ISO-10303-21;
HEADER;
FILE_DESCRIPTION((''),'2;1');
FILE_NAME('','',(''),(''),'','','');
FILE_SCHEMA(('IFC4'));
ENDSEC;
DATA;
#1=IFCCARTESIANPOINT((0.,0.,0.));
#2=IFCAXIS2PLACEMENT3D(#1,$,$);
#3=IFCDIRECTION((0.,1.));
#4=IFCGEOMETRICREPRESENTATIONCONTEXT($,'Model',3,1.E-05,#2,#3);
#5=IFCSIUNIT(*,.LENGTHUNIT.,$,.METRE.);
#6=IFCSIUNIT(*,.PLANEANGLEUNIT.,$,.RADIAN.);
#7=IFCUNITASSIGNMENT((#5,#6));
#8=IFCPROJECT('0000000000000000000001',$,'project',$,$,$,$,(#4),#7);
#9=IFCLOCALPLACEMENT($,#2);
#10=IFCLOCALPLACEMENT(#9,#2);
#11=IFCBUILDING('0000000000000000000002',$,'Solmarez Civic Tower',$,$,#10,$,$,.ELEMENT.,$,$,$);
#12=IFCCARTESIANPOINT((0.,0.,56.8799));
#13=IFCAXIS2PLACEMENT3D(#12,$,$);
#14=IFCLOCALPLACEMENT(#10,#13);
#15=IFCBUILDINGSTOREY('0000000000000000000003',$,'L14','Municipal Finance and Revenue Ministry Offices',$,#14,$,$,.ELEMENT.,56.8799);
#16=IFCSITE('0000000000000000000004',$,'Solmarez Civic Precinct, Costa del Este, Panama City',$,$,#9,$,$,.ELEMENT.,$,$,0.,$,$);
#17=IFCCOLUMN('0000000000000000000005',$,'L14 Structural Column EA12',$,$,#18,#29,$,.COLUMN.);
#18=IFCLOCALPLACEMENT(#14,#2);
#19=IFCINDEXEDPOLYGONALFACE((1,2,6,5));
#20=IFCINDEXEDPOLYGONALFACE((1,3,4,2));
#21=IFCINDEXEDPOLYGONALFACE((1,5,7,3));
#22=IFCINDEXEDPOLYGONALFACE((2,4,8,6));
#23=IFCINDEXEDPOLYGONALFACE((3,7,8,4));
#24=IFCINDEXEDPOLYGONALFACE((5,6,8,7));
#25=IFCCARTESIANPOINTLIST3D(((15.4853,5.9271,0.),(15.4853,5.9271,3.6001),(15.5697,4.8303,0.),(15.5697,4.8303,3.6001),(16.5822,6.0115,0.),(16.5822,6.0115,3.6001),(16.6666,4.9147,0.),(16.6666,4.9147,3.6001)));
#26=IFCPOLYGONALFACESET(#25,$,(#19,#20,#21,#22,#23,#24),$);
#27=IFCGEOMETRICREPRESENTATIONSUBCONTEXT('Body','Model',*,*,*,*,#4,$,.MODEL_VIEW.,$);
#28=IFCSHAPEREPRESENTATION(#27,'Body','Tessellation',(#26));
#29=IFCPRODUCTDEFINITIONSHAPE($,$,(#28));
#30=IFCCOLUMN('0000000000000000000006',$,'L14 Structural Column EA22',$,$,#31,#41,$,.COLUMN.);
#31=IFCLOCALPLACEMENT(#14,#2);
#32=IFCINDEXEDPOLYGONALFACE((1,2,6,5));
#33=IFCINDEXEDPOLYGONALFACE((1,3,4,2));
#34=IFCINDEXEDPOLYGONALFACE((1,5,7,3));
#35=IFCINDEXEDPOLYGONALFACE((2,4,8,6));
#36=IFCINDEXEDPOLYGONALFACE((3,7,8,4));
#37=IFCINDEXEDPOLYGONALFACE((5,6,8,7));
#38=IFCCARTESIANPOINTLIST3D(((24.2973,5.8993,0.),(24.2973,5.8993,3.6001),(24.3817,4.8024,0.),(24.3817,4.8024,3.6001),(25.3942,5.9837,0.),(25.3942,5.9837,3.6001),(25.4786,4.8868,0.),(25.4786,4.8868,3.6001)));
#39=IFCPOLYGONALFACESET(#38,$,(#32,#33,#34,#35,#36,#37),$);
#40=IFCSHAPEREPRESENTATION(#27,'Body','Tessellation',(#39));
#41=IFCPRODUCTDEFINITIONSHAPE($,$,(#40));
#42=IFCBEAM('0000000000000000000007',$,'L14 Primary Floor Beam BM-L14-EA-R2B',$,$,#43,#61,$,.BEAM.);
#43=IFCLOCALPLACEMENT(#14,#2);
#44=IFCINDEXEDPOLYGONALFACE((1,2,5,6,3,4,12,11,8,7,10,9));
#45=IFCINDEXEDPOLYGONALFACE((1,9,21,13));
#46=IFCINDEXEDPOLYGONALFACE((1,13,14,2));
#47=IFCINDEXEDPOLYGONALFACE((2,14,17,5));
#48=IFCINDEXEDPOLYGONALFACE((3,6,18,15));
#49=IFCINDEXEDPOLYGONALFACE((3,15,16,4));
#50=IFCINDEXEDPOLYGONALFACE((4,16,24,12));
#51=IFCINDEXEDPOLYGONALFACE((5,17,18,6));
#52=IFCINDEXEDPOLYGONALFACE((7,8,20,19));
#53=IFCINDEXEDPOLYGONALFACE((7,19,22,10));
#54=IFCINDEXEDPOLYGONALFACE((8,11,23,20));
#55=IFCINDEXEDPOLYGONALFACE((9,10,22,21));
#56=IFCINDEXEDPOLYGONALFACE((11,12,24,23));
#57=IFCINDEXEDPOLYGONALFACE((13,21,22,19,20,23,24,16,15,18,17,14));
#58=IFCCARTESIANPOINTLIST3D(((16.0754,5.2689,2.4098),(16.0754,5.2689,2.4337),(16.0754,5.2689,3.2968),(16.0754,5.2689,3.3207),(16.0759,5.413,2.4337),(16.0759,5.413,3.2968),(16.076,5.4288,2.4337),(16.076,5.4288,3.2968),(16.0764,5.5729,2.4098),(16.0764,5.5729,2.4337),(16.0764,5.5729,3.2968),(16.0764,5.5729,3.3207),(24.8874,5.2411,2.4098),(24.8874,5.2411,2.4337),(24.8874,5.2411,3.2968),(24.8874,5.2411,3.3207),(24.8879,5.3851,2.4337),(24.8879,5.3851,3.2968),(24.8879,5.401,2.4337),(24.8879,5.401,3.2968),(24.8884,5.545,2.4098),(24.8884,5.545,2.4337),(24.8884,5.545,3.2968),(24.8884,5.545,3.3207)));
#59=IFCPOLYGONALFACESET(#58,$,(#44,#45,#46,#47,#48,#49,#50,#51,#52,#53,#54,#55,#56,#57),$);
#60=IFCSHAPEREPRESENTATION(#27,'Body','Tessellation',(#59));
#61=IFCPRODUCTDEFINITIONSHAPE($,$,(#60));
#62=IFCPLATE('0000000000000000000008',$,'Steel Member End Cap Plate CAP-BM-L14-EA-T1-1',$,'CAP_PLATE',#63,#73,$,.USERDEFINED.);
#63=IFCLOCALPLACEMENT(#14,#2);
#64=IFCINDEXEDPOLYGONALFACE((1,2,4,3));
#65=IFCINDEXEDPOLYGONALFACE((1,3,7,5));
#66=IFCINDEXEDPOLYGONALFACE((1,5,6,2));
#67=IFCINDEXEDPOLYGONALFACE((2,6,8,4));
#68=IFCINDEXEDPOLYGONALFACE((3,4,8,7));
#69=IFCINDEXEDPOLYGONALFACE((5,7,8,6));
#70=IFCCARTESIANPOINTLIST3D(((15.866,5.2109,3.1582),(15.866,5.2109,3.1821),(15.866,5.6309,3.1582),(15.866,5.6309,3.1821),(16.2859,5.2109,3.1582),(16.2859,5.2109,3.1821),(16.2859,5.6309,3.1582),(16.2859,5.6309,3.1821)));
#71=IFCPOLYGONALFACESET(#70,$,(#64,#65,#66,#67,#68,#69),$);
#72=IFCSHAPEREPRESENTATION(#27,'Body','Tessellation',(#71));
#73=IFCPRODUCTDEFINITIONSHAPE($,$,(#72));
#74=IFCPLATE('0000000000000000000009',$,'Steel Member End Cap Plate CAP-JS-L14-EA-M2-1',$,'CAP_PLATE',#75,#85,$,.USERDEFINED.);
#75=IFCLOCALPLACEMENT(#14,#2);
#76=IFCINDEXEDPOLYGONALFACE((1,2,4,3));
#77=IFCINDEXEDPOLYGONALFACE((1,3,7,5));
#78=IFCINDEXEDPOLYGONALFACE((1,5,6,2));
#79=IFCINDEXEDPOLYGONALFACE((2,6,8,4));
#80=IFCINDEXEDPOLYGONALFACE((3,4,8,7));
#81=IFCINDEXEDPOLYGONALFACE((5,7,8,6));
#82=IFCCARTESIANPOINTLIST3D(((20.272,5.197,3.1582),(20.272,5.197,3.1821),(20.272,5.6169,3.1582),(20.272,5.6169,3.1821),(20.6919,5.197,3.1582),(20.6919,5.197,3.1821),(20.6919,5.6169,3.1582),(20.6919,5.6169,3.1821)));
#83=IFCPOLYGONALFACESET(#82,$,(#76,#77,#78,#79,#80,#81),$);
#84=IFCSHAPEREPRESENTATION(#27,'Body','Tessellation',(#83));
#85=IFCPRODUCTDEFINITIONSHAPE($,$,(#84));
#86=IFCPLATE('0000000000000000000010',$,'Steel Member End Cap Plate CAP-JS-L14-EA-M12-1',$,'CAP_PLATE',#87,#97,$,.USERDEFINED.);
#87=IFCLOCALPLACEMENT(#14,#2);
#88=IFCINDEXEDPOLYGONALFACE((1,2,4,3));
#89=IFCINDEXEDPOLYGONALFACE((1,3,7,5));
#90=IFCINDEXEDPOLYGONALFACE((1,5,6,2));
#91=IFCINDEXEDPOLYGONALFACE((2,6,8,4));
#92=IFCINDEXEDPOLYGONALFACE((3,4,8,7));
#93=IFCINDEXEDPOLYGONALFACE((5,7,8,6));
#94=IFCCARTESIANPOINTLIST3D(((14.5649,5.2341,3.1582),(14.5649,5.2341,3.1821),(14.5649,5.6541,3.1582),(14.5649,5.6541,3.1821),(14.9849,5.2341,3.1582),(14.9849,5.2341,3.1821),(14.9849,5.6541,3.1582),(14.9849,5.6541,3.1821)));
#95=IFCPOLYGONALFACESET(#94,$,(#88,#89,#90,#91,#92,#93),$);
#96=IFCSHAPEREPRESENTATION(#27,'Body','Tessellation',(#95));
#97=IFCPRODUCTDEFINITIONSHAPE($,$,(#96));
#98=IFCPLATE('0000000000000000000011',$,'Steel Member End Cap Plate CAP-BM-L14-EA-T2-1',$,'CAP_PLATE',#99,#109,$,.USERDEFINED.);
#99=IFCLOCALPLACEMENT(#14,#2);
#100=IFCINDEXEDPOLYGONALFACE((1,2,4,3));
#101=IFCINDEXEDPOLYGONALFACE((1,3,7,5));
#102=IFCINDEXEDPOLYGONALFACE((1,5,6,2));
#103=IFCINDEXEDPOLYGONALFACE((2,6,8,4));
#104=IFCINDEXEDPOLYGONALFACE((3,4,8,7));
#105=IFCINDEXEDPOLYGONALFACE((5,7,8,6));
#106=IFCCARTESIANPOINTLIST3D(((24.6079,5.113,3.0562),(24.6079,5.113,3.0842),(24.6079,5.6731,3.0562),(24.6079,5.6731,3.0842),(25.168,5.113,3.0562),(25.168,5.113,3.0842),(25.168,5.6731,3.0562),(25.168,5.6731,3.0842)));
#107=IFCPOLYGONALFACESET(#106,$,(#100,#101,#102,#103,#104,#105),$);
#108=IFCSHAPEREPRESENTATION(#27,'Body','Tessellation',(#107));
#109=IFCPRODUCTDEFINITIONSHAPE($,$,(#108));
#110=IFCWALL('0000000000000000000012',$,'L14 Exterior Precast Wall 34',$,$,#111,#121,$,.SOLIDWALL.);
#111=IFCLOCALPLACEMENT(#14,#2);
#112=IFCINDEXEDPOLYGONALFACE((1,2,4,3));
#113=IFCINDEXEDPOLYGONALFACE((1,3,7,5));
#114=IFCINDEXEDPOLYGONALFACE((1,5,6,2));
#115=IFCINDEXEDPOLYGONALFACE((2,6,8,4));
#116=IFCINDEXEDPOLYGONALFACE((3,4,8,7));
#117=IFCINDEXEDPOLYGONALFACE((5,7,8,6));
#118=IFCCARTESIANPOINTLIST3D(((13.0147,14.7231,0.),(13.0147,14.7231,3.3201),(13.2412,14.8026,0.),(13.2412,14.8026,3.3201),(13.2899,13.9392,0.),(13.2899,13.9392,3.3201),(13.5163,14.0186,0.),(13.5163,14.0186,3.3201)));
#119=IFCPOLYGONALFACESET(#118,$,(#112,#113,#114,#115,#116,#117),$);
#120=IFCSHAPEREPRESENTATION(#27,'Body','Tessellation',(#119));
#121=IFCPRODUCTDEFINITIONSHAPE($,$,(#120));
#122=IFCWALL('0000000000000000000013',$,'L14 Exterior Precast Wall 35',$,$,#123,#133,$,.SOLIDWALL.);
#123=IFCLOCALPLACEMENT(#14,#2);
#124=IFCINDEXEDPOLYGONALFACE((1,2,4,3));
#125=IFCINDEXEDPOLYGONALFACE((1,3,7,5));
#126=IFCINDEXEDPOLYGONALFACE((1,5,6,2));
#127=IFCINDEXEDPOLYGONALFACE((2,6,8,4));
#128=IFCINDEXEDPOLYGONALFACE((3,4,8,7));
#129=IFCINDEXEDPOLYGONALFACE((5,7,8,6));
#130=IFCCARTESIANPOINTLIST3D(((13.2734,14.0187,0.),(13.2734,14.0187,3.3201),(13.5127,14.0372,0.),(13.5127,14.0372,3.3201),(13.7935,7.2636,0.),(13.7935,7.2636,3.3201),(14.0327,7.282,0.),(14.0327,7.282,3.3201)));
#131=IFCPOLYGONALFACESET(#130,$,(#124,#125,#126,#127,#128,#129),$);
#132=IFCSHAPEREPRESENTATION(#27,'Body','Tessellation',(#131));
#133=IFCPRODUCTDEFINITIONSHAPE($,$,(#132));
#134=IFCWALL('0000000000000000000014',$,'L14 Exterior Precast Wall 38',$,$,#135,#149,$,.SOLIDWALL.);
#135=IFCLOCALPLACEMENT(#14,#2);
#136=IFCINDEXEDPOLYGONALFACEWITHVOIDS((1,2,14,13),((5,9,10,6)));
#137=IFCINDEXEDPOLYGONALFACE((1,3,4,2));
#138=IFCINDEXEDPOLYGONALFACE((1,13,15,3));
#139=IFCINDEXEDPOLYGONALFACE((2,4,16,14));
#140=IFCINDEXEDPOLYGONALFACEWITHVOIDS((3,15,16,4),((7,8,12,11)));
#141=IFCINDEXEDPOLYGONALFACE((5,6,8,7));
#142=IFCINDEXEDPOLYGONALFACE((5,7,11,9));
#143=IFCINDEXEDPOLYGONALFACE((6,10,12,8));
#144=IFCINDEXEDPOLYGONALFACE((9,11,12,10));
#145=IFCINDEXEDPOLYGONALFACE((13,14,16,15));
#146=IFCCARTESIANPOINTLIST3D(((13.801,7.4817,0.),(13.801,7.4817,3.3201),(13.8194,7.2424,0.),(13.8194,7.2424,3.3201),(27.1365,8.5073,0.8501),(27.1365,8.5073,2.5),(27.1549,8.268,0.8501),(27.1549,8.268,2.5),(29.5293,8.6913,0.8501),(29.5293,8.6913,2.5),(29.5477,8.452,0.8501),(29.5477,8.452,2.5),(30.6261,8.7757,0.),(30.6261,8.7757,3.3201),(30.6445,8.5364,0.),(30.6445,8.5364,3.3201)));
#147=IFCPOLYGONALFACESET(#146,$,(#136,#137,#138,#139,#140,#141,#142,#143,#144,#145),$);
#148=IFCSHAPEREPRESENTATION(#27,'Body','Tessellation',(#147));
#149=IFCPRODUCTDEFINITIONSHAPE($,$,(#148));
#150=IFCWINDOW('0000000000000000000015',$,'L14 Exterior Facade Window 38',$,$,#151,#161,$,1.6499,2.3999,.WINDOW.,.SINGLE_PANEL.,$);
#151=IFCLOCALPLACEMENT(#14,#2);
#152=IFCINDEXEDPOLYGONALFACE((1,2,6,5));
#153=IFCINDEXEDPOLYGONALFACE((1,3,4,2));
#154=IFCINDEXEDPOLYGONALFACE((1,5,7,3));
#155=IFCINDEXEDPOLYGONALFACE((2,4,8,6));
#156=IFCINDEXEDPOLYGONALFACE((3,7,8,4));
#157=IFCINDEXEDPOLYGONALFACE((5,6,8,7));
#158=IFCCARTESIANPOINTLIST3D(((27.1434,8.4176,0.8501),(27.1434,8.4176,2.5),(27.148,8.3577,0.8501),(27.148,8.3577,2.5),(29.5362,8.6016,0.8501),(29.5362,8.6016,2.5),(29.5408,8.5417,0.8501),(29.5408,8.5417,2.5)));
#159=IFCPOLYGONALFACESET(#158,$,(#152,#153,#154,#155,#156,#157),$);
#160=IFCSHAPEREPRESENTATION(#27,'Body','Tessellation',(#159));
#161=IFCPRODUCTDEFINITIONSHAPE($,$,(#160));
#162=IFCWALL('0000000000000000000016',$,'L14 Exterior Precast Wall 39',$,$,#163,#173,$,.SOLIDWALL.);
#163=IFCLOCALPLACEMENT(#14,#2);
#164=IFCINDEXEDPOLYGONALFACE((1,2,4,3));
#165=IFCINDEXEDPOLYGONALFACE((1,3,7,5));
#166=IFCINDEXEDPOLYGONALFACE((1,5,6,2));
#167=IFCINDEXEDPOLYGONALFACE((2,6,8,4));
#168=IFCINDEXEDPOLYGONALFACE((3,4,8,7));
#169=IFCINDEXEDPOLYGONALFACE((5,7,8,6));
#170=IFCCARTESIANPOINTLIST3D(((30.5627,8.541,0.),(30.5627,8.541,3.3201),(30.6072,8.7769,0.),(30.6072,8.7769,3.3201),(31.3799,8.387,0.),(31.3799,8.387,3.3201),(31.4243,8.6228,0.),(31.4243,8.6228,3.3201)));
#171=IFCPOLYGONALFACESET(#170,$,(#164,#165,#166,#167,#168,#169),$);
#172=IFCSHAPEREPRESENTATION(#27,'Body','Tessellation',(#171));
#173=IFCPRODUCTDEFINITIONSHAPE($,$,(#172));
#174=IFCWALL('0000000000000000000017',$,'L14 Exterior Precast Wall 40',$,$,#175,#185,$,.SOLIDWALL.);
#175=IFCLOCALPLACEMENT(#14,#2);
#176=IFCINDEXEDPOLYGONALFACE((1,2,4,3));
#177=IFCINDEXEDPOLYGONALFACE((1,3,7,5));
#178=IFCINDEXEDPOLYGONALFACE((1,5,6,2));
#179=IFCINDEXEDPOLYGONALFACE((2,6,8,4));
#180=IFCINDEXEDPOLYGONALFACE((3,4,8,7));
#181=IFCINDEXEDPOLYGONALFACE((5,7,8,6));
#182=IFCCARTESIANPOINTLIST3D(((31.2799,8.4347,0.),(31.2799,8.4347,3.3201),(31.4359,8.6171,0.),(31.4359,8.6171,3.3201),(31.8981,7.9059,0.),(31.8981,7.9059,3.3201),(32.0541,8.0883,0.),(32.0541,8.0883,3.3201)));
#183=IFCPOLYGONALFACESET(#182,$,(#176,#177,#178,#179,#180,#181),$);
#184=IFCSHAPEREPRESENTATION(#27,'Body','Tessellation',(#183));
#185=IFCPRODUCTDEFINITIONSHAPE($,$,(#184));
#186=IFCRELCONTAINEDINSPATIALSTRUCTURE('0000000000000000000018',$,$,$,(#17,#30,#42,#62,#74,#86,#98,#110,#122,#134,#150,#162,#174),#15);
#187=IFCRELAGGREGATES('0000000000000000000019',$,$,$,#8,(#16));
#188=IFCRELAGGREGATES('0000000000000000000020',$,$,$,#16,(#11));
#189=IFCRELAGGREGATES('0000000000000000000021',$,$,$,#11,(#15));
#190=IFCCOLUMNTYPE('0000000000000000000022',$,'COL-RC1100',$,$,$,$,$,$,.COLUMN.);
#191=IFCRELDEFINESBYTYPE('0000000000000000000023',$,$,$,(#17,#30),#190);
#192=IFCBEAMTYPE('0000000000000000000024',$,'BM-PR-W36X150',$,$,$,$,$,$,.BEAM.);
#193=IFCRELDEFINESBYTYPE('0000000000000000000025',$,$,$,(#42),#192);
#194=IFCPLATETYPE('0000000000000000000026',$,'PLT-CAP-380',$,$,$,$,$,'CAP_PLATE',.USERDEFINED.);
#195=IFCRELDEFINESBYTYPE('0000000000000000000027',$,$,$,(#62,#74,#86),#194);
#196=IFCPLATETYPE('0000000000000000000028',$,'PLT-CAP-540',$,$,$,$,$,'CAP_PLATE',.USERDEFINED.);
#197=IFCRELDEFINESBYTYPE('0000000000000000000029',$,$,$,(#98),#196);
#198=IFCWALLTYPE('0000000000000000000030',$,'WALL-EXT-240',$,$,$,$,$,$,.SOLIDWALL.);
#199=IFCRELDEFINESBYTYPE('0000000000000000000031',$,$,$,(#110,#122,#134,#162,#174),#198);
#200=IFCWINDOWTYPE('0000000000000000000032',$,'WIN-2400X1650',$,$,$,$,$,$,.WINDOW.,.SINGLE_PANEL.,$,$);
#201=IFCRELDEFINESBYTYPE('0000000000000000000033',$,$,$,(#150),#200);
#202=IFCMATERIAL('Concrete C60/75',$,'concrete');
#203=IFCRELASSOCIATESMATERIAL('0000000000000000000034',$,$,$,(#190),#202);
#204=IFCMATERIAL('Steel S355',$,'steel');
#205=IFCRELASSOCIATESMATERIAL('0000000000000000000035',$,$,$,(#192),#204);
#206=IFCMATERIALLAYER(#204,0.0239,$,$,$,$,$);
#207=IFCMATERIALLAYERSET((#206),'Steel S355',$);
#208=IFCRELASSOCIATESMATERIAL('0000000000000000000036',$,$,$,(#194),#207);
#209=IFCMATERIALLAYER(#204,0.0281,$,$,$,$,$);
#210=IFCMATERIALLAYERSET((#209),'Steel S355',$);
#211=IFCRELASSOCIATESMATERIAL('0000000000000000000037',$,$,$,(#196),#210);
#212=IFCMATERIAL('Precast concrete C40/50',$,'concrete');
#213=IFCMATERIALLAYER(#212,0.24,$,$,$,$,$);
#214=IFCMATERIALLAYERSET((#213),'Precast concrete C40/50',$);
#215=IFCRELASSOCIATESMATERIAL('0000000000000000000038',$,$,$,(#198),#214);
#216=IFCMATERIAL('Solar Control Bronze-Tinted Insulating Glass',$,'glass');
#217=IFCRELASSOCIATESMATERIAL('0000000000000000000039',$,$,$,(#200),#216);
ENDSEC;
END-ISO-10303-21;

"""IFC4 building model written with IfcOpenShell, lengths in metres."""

from ifc_helpers import new_model, si_unit, direction, frame, frame_2d, origin, origin_2d, place, context, subcontext, project, spatial, rectangle, i_section, extrude, material, layer, layer_set, material_profile, profile_set, type_object, element, fill, save


model = new_model("IFC4")

# Units and contexts
model_context = context("Model", 3, precision=1e-05, world=origin(), true_north=direction((0.0, 1.0)))
body_context = subcontext(model_context, "Body", "Model", "MODEL_VIEW")
ifc_project = project(units=[si_unit("LENGTHUNIT", "METRE"), si_unit("PLANEANGLEUNIT", "RADIAN")], contexts=[model_context])

# Site, building, storey
site_placement = place(None, origin())
site = spatial("IfcSite", under=ifc_project, at=site_placement, Name="Solmarez Civic Precinct, Costa del Este, Panama City", CompositionType="ELEMENT", RefElevation=0.0)
building_placement = place(site_placement, origin())
building = spatial("IfcBuilding", under=site, at=building_placement, Name="Solmarez Civic Tower", CompositionType="ELEMENT")
storey_placement = place(building_placement, frame((0.0, 0.0, 56.8799)))
storey = spatial("IfcBuildingStorey", under=building, at=storey_placement, Name="L14", Description="Municipal Finance and Revenue Ministry Offices", CompositionType="ELEMENT", Elevation=56.8799)

# Columns
ifc_material_1 = material(Name="Concrete C60/75", Category="concrete")
ifc_material_profile_1 = material_profile(ifc_material_1, rectangle(XDim=1.1001, YDim=1.1001, at=origin_2d()), Name="RC1100X1100")
ifc_profile_set_1 = profile_set([ifc_material_profile_1], Name="Concrete C60/75")
column_type = type_object("IfcColumnType", Name="COL-RC1100", PredefinedType="COLUMN", material=ifc_profile_set_1)
for number, where, z_axis, x_axis, name in (
    (1, (16.0759, 5.4209, 0.0), (0.0, 0.0, 1.0), (0.997053, 0.076719, 0.0), "L14 Structural Column EA12"),
    (2, (24.8879, 5.3931, 0.0), (0.0, 0.0, 1.0), (0.997053, 0.076719, 0.0), "L14 Structural Column EA22"),
):
    element("IfcColumn", number, at=place(storey_placement, frame(where, z_axis=z_axis, x_axis=x_axis)), inside=storey, type_object=column_type, Name=name, PredefinedType="COLUMN", context=body_context, shape_type="SweptSolid", body=[
        extrude(rectangle(XDim=1.1001, YDim=1.1001, at=origin_2d()), origin(), (0.0, 0.0, 1.0), 3.6001),
    ])

# Beam
ifc_material_2 = material(Name="Steel S355", Category="steel")
ifc_material_profile_2 = material_profile(ifc_material_2, i_section(OverallWidth=0.304, OverallDepth=0.9109, WebThickness=0.0159, FlangeThickness=0.0239, at=origin_2d()), Name="W36X150")
ifc_profile_set_2 = profile_set([ifc_material_profile_2], Name="Steel S355")
beam_type = type_object("IfcBeamType", Name="BM-PR-W36X150", PredefinedType="BEAM", material=ifc_profile_set_2)
beam_placement = place(storey_placement, frame((16.0759, 5.4209, 2.8652), z_axis=(0.999995, -0.003158, 0.0), x_axis=(0.003158, 0.999995, 0.0)))
element("IfcBeam", 3, at=beam_placement, inside=storey, type_object=beam_type, Name="L14 Primary Floor Beam BM-L14-EA-R2B", PredefinedType="BEAM", context=body_context, shape_type="SweptSolid", body=[
    extrude(i_section(OverallWidth=0.304, OverallDepth=0.9109, WebThickness=0.0159, FlangeThickness=0.0239, at=origin_2d()), origin(), (0.0, 0.0, 1.0), 8.812),
])

# Plates
ifc_layer_1 = layer(ifc_material_2, 0.0239)
ifc_layer_set_1 = layer_set([ifc_layer_1], Name="Steel S355")
plate_type_1 = type_object("IfcPlateType", Name="PLT-CAP-380", ElementType="CAP_PLATE", PredefinedType="USERDEFINED", material=ifc_layer_set_1)
for number, where, z_axis, x_axis, name in (
    (4, (16.0759, 5.4209, 3.1582), (0.0, 0.0, 1.0), (1.0, 0.0, 0.0), "Steel Member End Cap Plate CAP-BM-L14-EA-T1-1"),
    (5, (20.4819, 5.407, 3.1582), (0.0, 0.0, 1.0), (1.0, 0.0, 0.0), "Steel Member End Cap Plate CAP-JS-L14-EA-M2-1"),
    (6, (14.7749, 5.4441, 3.1582), (0.0, 0.0, 1.0), (1.0, 0.0, 0.0), "Steel Member End Cap Plate CAP-JS-L14-EA-M12-1"),
):
    element("IfcPlate", number, at=place(storey_placement, frame(where, z_axis=z_axis, x_axis=x_axis)), inside=storey, type_object=plate_type_1, Name=name, ObjectType="CAP_PLATE", PredefinedType="USERDEFINED", context=body_context, shape_type="SweptSolid", body=[
        extrude(rectangle(XDim=0.4199, YDim=0.4199, at=origin_2d()), origin(), (0.0, 0.0, 1.0), 0.0239),
    ])
ifc_layer_2 = layer(ifc_material_2, 0.0281)
ifc_layer_set_2 = layer_set([ifc_layer_2], Name="Steel S355")
plate_type_2 = type_object("IfcPlateType", Name="PLT-CAP-540", ElementType="CAP_PLATE", PredefinedType="USERDEFINED", material=ifc_layer_set_2)
plate_placement = place(storey_placement, frame((24.8879, 5.3931, 3.0562), z_axis=(0.0, 0.0, 1.0), x_axis=(1.0, 0.0, 0.0)))
element("IfcPlate", 7, at=plate_placement, inside=storey, type_object=plate_type_2, Name="Steel Member End Cap Plate CAP-BM-L14-EA-T2-1", ObjectType="CAP_PLATE", PredefinedType="USERDEFINED", context=body_context, shape_type="SweptSolid", body=[
    extrude(rectangle(XDim=0.5601, YDim=0.5601, at=origin_2d()), origin(), (0.0, 0.0, 1.0), 0.0281),
])

# Walls
ifc_material_3 = material(Name="Precast concrete C40/50", Category="concrete")
ifc_layer_3 = layer(ifc_material_3, 0.24)
ifc_layer_set_3 = layer_set([ifc_layer_3], Name="Precast concrete C40/50")
wall_type_1 = type_object("IfcWallType", Name="WALL-EXT-240", PredefinedType="SOLIDWALL", material=ifc_layer_set_3)
wall_1_placement = place(storey_placement, frame((13.1279, 14.7629, 0.0), z_axis=(0.0, 0.0, 1.0), x_axis=(0.331175, -0.943569, 0.0)))
element("IfcWall", 8, at=wall_1_placement, inside=storey, type_object=wall_type_1, Name="L14 Exterior Precast Wall 34", PredefinedType="SOLIDWALL", context=body_context, shape_type="SweptSolid", body=[
    extrude(rectangle(XDim=0.8308, YDim=0.24, at=frame_2d((0.4155, 0.0))), origin(), (0.0, 0.0, 1.0), 3.3201),
])
wall_2_placement = place(storey_placement, frame((13.3931, 14.0281, 0.0), z_axis=(0.0, 0.0, 1.0), x_axis=(0.076754, -0.99705, 0.0)))
element("IfcWall", 9, at=wall_2_placement, inside=storey, type_object=wall_type_1, Name="L14 Exterior Precast Wall 35", PredefinedType="SOLIDWALL", context=body_context, shape_type="SweptSolid", body=[
    extrude(rectangle(XDim=6.7751, YDim=0.24, at=frame_2d((3.3877, 0.0))), origin(), (0.0, 0.0, 1.0), 3.3201),
])

# Wall, opening, window
wall_3_placement = place(storey_placement, frame((13.8101, 7.3621, 0.0), z_axis=(0.0, 0.0, 1.0), x_axis=(0.997056, 0.07668, 0.0)))
wall_3 = element("IfcWall", 10, at=wall_3_placement, inside=storey, type_object=wall_type_1, Name="L14 Exterior Precast Wall 38", PredefinedType="SOLIDWALL", context=body_context, shape_type="SweptSolid", body=[
    extrude(rectangle(XDim=16.8748, YDim=0.24, at=frame_2d((8.4375, 0.0))), origin(), (0.0, 0.0, 1.0), 3.3201),
])
opening_1_placement = place(wall_3_placement, frame((13.375, 0.0, 0.8501)))
opening_1 = element("IfcOpeningElement", 11, at=opening_1_placement, cuts=wall_3, PredefinedType="OPENING", context=body_context, shape_type="SweptSolid", body=[
    extrude(rectangle(XDim=2.3999, YDim=1.6499, at=frame_2d((1.2, 0.825))), frame((0.0, 0.1299, 0.0), z_axis=(0.0, -1.0, 0.0), x_axis=(1.0, 0.0, 0.0)), (0.0, 0.0, 1.0), 0.26),
])
ifc_material_4 = material(Name="Solar Control Bronze-Tinted Insulating Glass", Category="glass")
window_type_1 = type_object("IfcWindowType", Name="WIN-2400X1650", PartitioningType="SINGLE_PANEL", PredefinedType="WINDOW", material=ifc_material_4)
window_1_placement = place(opening_1_placement, origin())
window_1 = element("IfcWindow", 12, at=window_1_placement, inside=storey, type_object=window_type_1, Name="L14 Exterior Facade Window 38", OverallHeight=1.6499, OverallWidth=2.3999, PartitioningType="SINGLE_PANEL", PredefinedType="WINDOW", context=body_context, shape_type="SweptSolid", body=[
    extrude(rectangle(XDim=2.3999, YDim=1.6499, at=frame_2d((1.2, 0.825))), frame((0.0, 0.03, 0.0), z_axis=(0.0, -1.0, 0.0), x_axis=(1.0, 0.0, 0.0)), (0.0, 0.0, 1.0), 0.0601),
])
fill(opening_1, window_1)

# Walls
wall_4_placement = place(storey_placement, frame((30.585, 8.6589, 0.0), z_axis=(0.0, 0.0, 1.0), x_axis=(0.982689, -0.185263, 0.0)))
element("IfcWall", 13, at=wall_4_placement, inside=storey, type_object=wall_type_1, Name="L14 Exterior Precast Wall 39", PredefinedType="SOLIDWALL", context=body_context, shape_type="SweptSolid", body=[
    extrude(rectangle(XDim=0.8315, YDim=0.24, at=frame_2d((0.4158, 0.0))), origin(), (0.0, 0.0, 1.0), 3.3201),
])
wall_5_placement = place(storey_placement, frame((31.3579, 8.5259, 0.0), z_axis=(0.0, 0.0, 1.0), x_axis=(0.759892, -0.65005, 0.0)))
element("IfcWall", 14, at=wall_5_placement, inside=storey, type_object=wall_type_1, Name="L14 Exterior Precast Wall 40", PredefinedType="SOLIDWALL", context=body_context, shape_type="SweptSolid", body=[
    extrude(rectangle(XDim=0.8135, YDim=0.24, at=frame_2d((0.4067, 0.0))), origin(), (0.0, 0.0, 1.0), 3.3201),
])

save(model, "model.ifc")
